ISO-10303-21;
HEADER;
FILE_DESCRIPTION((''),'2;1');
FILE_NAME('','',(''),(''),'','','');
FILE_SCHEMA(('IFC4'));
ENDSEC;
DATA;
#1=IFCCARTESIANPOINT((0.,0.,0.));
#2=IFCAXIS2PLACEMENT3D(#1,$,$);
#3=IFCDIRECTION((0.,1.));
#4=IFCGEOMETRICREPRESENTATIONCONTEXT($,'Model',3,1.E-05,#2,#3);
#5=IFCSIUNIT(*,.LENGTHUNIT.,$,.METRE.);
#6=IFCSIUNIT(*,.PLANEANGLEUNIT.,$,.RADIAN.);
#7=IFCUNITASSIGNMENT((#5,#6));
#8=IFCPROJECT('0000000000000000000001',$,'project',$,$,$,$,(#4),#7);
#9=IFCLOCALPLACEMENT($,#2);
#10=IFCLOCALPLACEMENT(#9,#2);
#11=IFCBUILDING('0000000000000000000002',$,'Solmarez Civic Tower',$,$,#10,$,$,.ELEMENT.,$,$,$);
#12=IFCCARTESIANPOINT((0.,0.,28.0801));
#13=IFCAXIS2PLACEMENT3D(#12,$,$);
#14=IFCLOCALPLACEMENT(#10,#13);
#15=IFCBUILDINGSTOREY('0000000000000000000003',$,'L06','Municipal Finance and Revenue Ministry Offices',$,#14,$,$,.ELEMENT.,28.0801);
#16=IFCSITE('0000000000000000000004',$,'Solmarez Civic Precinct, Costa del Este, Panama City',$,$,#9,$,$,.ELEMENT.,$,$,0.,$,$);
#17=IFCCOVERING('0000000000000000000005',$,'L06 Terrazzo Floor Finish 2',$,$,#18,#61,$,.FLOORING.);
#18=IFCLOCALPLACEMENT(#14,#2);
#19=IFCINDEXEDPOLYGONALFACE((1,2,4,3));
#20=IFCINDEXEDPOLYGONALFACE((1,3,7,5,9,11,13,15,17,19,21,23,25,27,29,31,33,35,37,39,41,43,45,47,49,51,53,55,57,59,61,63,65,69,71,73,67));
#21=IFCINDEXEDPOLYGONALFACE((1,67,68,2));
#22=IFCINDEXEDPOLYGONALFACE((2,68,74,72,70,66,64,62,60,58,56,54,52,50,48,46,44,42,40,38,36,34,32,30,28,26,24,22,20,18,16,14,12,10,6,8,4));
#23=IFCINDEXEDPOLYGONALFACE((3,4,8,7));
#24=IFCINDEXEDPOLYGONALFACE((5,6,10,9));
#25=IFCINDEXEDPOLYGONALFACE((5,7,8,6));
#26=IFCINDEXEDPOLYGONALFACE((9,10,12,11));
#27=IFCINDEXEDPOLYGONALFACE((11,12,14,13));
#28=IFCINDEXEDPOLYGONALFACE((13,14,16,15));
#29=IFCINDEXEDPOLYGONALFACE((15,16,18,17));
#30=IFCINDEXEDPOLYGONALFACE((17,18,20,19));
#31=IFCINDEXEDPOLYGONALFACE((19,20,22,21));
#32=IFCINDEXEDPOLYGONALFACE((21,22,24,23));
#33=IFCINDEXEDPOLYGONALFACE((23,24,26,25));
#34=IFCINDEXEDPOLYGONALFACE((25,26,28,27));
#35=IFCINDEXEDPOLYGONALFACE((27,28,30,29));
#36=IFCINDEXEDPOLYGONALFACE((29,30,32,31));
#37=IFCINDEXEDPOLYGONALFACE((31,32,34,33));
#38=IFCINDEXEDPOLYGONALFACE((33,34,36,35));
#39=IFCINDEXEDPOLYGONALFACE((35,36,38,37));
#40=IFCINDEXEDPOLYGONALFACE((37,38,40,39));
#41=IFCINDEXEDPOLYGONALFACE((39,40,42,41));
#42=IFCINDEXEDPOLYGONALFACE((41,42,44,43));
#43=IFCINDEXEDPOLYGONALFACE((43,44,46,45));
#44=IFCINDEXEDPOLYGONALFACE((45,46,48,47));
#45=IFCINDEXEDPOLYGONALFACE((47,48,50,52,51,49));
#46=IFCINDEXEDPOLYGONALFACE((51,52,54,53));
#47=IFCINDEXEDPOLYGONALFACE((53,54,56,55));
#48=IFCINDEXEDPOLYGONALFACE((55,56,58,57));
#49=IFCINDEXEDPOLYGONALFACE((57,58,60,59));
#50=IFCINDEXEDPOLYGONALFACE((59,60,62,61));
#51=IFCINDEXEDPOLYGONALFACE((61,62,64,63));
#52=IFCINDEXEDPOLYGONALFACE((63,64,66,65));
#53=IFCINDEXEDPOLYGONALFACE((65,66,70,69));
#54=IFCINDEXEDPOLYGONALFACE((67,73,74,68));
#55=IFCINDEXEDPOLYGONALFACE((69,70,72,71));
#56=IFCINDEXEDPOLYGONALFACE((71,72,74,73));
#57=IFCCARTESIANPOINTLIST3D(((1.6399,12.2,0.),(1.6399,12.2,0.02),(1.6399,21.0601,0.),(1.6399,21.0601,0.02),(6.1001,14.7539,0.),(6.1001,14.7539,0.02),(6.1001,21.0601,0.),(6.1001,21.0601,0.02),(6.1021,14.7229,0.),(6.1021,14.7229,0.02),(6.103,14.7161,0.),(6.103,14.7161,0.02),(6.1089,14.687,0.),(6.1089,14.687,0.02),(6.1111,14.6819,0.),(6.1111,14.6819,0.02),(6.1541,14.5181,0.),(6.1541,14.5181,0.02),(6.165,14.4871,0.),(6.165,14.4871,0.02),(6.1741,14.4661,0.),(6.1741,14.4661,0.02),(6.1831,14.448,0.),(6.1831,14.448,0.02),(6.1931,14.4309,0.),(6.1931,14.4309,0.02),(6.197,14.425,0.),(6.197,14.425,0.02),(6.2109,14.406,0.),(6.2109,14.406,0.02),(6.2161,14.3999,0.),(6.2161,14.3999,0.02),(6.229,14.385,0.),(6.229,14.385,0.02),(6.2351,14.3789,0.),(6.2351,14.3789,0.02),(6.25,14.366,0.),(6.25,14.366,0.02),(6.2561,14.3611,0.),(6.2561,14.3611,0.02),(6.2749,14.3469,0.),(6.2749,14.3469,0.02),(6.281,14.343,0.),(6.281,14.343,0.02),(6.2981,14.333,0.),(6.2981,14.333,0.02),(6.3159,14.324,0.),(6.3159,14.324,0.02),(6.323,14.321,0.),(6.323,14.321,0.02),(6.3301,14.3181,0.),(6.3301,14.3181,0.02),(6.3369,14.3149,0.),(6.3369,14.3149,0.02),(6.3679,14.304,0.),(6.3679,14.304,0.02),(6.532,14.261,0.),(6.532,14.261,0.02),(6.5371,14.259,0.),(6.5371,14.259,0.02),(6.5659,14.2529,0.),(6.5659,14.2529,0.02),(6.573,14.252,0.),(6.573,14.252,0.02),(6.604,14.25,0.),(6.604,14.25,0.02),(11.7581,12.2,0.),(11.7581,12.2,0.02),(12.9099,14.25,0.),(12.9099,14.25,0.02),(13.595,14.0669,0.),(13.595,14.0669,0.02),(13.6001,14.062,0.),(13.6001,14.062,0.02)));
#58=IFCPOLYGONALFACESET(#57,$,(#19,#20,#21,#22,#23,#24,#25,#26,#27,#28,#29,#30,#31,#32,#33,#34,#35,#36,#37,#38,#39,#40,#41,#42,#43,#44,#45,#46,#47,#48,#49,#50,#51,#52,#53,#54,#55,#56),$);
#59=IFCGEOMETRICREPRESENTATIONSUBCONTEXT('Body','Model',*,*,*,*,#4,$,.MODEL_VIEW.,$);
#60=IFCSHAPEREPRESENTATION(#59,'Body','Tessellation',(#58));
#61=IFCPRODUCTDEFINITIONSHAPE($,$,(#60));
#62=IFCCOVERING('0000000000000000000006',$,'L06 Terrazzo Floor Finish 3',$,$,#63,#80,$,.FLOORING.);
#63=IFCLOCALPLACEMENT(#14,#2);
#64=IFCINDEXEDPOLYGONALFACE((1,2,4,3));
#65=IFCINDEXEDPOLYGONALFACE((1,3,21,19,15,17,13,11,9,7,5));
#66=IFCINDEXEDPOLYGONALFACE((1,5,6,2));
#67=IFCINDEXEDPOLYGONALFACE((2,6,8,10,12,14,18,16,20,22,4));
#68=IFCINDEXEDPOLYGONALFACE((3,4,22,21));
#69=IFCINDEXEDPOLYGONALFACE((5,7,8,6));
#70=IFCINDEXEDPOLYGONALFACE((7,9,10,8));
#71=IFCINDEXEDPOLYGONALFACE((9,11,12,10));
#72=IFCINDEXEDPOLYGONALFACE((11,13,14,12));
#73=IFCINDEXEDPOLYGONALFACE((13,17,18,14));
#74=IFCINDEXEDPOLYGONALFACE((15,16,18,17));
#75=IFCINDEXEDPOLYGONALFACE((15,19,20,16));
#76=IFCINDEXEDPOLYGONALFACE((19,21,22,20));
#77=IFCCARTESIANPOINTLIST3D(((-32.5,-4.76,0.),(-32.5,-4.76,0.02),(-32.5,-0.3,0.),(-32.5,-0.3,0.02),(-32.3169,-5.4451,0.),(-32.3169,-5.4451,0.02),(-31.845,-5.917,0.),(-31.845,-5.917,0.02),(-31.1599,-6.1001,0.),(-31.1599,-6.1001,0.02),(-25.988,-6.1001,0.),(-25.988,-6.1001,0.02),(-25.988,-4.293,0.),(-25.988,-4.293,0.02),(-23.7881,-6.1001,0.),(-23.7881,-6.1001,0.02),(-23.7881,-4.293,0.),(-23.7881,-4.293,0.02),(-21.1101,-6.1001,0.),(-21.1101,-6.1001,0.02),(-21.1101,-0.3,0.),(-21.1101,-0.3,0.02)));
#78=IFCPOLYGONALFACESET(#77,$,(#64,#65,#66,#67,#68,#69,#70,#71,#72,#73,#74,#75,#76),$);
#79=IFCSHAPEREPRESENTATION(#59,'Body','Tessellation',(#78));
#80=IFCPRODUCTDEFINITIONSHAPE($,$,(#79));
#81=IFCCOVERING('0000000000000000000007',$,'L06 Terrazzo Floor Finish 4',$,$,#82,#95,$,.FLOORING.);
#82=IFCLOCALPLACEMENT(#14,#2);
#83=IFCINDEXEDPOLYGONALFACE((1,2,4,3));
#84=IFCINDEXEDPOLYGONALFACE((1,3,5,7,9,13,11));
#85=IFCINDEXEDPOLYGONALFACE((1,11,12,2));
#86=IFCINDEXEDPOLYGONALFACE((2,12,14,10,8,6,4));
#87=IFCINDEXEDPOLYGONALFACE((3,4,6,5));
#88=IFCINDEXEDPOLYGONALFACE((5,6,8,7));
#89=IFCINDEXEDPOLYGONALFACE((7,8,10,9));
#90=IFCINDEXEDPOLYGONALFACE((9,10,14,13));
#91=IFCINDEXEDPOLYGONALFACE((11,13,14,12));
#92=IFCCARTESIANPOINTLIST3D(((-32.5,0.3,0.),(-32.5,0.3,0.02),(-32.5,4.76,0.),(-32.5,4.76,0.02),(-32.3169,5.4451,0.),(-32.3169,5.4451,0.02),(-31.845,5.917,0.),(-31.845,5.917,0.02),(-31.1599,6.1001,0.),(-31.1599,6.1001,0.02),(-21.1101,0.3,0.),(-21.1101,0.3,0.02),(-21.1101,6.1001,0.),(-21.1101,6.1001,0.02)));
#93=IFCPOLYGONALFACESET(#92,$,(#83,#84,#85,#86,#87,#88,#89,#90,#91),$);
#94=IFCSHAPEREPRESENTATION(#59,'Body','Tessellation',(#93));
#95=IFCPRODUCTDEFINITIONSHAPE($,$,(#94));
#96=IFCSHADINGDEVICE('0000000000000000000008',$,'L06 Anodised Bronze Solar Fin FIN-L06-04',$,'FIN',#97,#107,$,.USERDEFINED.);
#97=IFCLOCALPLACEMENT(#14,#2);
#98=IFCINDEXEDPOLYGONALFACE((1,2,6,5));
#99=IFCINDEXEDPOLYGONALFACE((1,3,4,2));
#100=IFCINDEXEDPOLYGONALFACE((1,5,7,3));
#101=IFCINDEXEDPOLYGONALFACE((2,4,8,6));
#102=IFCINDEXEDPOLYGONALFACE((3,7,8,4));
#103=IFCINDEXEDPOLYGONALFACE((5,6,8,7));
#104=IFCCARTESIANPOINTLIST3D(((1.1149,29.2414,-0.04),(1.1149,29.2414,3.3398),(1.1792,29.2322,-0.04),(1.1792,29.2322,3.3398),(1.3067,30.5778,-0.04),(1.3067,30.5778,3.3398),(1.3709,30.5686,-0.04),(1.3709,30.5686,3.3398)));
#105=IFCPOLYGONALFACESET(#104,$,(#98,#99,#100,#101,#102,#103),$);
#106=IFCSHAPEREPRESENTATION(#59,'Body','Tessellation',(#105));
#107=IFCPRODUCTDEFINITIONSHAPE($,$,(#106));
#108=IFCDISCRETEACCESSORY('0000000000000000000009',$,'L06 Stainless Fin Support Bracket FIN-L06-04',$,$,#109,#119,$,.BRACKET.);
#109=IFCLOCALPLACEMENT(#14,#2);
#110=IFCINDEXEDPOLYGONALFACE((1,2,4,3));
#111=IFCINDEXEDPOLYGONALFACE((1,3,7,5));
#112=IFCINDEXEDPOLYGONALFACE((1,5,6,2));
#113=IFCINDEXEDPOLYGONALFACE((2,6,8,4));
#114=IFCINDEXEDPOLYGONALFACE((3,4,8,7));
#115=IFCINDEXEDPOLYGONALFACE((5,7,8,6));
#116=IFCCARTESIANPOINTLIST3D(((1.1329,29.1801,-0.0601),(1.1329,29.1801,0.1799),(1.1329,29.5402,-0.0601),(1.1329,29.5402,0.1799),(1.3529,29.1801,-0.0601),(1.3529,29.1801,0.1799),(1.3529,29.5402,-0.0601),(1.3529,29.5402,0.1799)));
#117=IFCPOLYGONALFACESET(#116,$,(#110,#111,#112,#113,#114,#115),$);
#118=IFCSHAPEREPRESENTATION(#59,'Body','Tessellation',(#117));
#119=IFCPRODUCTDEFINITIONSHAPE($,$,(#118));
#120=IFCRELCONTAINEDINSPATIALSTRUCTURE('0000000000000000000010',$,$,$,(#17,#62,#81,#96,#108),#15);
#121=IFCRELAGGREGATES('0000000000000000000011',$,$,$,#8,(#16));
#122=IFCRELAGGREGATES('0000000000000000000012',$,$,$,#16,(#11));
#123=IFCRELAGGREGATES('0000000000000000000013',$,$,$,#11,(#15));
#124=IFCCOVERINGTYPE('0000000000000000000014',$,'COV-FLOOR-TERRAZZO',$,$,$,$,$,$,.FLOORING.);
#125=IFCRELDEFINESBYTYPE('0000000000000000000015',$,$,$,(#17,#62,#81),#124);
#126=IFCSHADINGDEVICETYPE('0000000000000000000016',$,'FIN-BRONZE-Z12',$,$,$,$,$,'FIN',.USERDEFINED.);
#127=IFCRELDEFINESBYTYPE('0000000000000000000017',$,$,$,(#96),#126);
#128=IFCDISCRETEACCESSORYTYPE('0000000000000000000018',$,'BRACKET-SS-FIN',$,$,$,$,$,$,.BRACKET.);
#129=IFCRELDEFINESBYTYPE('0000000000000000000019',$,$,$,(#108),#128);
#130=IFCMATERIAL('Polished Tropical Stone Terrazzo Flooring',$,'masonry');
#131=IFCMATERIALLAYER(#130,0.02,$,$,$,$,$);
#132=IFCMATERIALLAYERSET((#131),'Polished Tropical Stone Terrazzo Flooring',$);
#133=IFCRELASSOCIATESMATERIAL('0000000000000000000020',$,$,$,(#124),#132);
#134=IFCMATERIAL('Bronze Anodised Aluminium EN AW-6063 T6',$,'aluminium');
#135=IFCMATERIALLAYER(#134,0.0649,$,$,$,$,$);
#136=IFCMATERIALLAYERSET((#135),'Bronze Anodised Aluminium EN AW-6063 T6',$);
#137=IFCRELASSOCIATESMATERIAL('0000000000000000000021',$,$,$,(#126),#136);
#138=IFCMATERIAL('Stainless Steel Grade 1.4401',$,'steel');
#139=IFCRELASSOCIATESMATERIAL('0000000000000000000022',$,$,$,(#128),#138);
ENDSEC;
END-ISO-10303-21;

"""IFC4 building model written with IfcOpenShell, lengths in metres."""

from ifc_helpers import new_model, si_unit, direction, frame, origin, origin_2d, place, context, subcontext, project, spatial, polyline, rectangle, outline, extrude, material, layer, layer_set, type_object, element, save


model = new_model("IFC4")

# Units and contexts
model_context = context("Model", 3, precision=1e-05, world=origin(), true_north=direction((0.0, 1.0)))
body_context = subcontext(model_context, "Body", "Model", "MODEL_VIEW")
ifc_project = project(units=[si_unit("LENGTHUNIT", "METRE"), si_unit("PLANEANGLEUNIT", "RADIAN")], contexts=[model_context])

# Site, building, storey
site_placement = place(None, origin())
site = spatial("IfcSite", under=ifc_project, at=site_placement, Name="Solmarez Civic Precinct, Costa del Este, Panama City", CompositionType="ELEMENT", RefElevation=0.0)
building_placement = place(site_placement, origin())
building = spatial("IfcBuilding", under=site, at=building_placement, Name="Solmarez Civic Tower", CompositionType="ELEMENT")
storey_placement = place(building_placement, frame((0.0, 0.0, 28.0801)))
storey = spatial("IfcBuildingStorey", under=building, at=storey_placement, Name="L06", Description="Municipal Finance and Revenue Ministry Offices", CompositionType="ELEMENT", Elevation=28.0801)

# Coverings
ifc_material_1 = material(Name="Polished Tropical Stone Terrazzo Flooring", Category="masonry")
ifc_layer_1 = layer(ifc_material_1, 0.02)
ifc_layer_set_1 = layer_set([ifc_layer_1], Name="Polished Tropical Stone Terrazzo Flooring")
covering_type_1 = type_object("IfcCoveringType", Name="COV-FLOOR-TERRAZZO", PredefinedType="FLOORING", material=ifc_layer_set_1)
covering_1_placement = place(storey_placement, origin())
element("IfcCovering", 1, at=covering_1_placement, inside=storey, type_object=covering_type_1, Name="L06 Terrazzo Floor Finish 2", PredefinedType="FLOORING", context=body_context, shape_type="SweptSolid", body=[
    extrude(outline(polyline([(1.6399, 12.2), (11.7581, 12.2), (13.6001, 14.062), (13.595, 14.0669), (12.9099, 14.25), (6.604, 14.25), (6.573, 14.252), (6.5659, 14.2529), (6.5371, 14.259), (6.532, 14.261), (6.3679, 14.304), (6.3369, 14.3149), (6.3301, 14.3181), (6.323, 14.321), (6.3159, 14.324), (6.2981, 14.333), (6.281, 14.343), (6.2749, 14.3469), (6.2561, 14.3611), (6.25, 14.366), (6.2351, 14.3789), (6.229, 14.385), (6.2161, 14.3999), (6.2109, 14.406), (6.197, 14.425), (6.1931, 14.4309), (6.1831, 14.448), (6.1741, 14.4661), (6.165, 14.4871), (6.1541, 14.5181), (6.1111, 14.6819), (6.1089, 14.687), (6.103, 14.7161), (6.1021, 14.7229), (6.1001, 14.7539), (6.1001, 21.0601), (1.6399, 21.0601), (1.6399, 12.2)])), origin(), (0.0, 0.0, 1.0), 0.02),
])
covering_2_placement = place(storey_placement, origin())
element("IfcCovering", 2, at=covering_2_placement, inside=storey, type_object=covering_type_1, Name="L06 Terrazzo Floor Finish 3", PredefinedType="FLOORING", context=body_context, shape_type="SweptSolid", body=[
    extrude(outline(polyline([(-32.5, -0.3), (-32.5, -4.76), (-32.3169, -5.4451), (-31.845, -5.917), (-31.1599, -6.1001), (-25.988, -6.1001), (-25.988, -4.293), (-23.7881, -4.293), (-23.7881, -6.1001), (-21.1101, -6.1001), (-21.1101, -0.3), (-32.5, -0.3)])), origin(), (0.0, 0.0, 1.0), 0.02),
])
covering_3_placement = place(storey_placement, origin())
element("IfcCovering", 3, at=covering_3_placement, inside=storey, type_object=covering_type_1, Name="L06 Terrazzo Floor Finish 4", PredefinedType="FLOORING", context=body_context, shape_type="SweptSolid", body=[
    extrude(outline(polyline([(-21.1101, 6.1001), (-31.1599, 6.1001), (-31.845, 5.917), (-32.3169, 5.4451), (-32.5, 4.76), (-32.5, 0.3), (-21.1101, 0.3), (-21.1101, 6.1001)])), origin(), (0.0, 0.0, 1.0), 0.02),
])

# Shading device
ifc_material_2 = material(Name="Bronze Anodised Aluminium EN AW-6063 T6", Category="aluminium")
ifc_layer_2 = layer(ifc_material_2, 0.0649)
ifc_layer_set_2 = layer_set([ifc_layer_2], Name="Bronze Anodised Aluminium EN AW-6063 T6")
shading_device_type = type_object("IfcShadingDeviceType", Name="FIN-BRONZE-Z12", ElementType="FIN", PredefinedType="USERDEFINED", material=ifc_layer_set_2)
shading_device_placement = place(storey_placement, frame((1.2429, 29.905, -0.04), z_axis=(0.0, 0.0, 1.0), x_axis=(0.142024, 0.989863, 0.0)))
element("IfcShadingDevice", 4, at=shading_device_placement, inside=storey, type_object=shading_device_type, Name="L06 Anodised Bronze Solar Fin FIN-L06-04", ObjectType="FIN", PredefinedType="USERDEFINED", context=body_context, shape_type="SweptSolid", body=[
    extrude(rectangle(XDim=1.3501, YDim=0.0649, at=origin_2d()), origin(), (0.0, 0.0, 1.0), 3.3799),
])

# Discrete accessory
ifc_material_3 = material(Name="Stainless Steel Grade 1.4401", Category="steel")
discrete_accessory_type = type_object("IfcDiscreteAccessoryType", Name="BRACKET-SS-FIN", PredefinedType="BRACKET", material=ifc_material_3)
discrete_accessory_placement = place(storey_placement, frame((1.2429, 29.3601, -0.0601), z_axis=(0.0, 0.0, 1.0), x_axis=(0.0, 1.0, 0.0)))
element("IfcDiscreteAccessory", 5, at=discrete_accessory_placement, inside=storey, type_object=discrete_accessory_type, Name="L06 Stainless Fin Support Bracket FIN-L06-04", PredefinedType="BRACKET", context=body_context, shape_type="SweptSolid", body=[
    extrude(rectangle(XDim=0.3601, YDim=0.22, at=origin_2d()), origin(), (0.0, 0.0, 1.0), 0.24),
])

save(model, "model.ifc")
